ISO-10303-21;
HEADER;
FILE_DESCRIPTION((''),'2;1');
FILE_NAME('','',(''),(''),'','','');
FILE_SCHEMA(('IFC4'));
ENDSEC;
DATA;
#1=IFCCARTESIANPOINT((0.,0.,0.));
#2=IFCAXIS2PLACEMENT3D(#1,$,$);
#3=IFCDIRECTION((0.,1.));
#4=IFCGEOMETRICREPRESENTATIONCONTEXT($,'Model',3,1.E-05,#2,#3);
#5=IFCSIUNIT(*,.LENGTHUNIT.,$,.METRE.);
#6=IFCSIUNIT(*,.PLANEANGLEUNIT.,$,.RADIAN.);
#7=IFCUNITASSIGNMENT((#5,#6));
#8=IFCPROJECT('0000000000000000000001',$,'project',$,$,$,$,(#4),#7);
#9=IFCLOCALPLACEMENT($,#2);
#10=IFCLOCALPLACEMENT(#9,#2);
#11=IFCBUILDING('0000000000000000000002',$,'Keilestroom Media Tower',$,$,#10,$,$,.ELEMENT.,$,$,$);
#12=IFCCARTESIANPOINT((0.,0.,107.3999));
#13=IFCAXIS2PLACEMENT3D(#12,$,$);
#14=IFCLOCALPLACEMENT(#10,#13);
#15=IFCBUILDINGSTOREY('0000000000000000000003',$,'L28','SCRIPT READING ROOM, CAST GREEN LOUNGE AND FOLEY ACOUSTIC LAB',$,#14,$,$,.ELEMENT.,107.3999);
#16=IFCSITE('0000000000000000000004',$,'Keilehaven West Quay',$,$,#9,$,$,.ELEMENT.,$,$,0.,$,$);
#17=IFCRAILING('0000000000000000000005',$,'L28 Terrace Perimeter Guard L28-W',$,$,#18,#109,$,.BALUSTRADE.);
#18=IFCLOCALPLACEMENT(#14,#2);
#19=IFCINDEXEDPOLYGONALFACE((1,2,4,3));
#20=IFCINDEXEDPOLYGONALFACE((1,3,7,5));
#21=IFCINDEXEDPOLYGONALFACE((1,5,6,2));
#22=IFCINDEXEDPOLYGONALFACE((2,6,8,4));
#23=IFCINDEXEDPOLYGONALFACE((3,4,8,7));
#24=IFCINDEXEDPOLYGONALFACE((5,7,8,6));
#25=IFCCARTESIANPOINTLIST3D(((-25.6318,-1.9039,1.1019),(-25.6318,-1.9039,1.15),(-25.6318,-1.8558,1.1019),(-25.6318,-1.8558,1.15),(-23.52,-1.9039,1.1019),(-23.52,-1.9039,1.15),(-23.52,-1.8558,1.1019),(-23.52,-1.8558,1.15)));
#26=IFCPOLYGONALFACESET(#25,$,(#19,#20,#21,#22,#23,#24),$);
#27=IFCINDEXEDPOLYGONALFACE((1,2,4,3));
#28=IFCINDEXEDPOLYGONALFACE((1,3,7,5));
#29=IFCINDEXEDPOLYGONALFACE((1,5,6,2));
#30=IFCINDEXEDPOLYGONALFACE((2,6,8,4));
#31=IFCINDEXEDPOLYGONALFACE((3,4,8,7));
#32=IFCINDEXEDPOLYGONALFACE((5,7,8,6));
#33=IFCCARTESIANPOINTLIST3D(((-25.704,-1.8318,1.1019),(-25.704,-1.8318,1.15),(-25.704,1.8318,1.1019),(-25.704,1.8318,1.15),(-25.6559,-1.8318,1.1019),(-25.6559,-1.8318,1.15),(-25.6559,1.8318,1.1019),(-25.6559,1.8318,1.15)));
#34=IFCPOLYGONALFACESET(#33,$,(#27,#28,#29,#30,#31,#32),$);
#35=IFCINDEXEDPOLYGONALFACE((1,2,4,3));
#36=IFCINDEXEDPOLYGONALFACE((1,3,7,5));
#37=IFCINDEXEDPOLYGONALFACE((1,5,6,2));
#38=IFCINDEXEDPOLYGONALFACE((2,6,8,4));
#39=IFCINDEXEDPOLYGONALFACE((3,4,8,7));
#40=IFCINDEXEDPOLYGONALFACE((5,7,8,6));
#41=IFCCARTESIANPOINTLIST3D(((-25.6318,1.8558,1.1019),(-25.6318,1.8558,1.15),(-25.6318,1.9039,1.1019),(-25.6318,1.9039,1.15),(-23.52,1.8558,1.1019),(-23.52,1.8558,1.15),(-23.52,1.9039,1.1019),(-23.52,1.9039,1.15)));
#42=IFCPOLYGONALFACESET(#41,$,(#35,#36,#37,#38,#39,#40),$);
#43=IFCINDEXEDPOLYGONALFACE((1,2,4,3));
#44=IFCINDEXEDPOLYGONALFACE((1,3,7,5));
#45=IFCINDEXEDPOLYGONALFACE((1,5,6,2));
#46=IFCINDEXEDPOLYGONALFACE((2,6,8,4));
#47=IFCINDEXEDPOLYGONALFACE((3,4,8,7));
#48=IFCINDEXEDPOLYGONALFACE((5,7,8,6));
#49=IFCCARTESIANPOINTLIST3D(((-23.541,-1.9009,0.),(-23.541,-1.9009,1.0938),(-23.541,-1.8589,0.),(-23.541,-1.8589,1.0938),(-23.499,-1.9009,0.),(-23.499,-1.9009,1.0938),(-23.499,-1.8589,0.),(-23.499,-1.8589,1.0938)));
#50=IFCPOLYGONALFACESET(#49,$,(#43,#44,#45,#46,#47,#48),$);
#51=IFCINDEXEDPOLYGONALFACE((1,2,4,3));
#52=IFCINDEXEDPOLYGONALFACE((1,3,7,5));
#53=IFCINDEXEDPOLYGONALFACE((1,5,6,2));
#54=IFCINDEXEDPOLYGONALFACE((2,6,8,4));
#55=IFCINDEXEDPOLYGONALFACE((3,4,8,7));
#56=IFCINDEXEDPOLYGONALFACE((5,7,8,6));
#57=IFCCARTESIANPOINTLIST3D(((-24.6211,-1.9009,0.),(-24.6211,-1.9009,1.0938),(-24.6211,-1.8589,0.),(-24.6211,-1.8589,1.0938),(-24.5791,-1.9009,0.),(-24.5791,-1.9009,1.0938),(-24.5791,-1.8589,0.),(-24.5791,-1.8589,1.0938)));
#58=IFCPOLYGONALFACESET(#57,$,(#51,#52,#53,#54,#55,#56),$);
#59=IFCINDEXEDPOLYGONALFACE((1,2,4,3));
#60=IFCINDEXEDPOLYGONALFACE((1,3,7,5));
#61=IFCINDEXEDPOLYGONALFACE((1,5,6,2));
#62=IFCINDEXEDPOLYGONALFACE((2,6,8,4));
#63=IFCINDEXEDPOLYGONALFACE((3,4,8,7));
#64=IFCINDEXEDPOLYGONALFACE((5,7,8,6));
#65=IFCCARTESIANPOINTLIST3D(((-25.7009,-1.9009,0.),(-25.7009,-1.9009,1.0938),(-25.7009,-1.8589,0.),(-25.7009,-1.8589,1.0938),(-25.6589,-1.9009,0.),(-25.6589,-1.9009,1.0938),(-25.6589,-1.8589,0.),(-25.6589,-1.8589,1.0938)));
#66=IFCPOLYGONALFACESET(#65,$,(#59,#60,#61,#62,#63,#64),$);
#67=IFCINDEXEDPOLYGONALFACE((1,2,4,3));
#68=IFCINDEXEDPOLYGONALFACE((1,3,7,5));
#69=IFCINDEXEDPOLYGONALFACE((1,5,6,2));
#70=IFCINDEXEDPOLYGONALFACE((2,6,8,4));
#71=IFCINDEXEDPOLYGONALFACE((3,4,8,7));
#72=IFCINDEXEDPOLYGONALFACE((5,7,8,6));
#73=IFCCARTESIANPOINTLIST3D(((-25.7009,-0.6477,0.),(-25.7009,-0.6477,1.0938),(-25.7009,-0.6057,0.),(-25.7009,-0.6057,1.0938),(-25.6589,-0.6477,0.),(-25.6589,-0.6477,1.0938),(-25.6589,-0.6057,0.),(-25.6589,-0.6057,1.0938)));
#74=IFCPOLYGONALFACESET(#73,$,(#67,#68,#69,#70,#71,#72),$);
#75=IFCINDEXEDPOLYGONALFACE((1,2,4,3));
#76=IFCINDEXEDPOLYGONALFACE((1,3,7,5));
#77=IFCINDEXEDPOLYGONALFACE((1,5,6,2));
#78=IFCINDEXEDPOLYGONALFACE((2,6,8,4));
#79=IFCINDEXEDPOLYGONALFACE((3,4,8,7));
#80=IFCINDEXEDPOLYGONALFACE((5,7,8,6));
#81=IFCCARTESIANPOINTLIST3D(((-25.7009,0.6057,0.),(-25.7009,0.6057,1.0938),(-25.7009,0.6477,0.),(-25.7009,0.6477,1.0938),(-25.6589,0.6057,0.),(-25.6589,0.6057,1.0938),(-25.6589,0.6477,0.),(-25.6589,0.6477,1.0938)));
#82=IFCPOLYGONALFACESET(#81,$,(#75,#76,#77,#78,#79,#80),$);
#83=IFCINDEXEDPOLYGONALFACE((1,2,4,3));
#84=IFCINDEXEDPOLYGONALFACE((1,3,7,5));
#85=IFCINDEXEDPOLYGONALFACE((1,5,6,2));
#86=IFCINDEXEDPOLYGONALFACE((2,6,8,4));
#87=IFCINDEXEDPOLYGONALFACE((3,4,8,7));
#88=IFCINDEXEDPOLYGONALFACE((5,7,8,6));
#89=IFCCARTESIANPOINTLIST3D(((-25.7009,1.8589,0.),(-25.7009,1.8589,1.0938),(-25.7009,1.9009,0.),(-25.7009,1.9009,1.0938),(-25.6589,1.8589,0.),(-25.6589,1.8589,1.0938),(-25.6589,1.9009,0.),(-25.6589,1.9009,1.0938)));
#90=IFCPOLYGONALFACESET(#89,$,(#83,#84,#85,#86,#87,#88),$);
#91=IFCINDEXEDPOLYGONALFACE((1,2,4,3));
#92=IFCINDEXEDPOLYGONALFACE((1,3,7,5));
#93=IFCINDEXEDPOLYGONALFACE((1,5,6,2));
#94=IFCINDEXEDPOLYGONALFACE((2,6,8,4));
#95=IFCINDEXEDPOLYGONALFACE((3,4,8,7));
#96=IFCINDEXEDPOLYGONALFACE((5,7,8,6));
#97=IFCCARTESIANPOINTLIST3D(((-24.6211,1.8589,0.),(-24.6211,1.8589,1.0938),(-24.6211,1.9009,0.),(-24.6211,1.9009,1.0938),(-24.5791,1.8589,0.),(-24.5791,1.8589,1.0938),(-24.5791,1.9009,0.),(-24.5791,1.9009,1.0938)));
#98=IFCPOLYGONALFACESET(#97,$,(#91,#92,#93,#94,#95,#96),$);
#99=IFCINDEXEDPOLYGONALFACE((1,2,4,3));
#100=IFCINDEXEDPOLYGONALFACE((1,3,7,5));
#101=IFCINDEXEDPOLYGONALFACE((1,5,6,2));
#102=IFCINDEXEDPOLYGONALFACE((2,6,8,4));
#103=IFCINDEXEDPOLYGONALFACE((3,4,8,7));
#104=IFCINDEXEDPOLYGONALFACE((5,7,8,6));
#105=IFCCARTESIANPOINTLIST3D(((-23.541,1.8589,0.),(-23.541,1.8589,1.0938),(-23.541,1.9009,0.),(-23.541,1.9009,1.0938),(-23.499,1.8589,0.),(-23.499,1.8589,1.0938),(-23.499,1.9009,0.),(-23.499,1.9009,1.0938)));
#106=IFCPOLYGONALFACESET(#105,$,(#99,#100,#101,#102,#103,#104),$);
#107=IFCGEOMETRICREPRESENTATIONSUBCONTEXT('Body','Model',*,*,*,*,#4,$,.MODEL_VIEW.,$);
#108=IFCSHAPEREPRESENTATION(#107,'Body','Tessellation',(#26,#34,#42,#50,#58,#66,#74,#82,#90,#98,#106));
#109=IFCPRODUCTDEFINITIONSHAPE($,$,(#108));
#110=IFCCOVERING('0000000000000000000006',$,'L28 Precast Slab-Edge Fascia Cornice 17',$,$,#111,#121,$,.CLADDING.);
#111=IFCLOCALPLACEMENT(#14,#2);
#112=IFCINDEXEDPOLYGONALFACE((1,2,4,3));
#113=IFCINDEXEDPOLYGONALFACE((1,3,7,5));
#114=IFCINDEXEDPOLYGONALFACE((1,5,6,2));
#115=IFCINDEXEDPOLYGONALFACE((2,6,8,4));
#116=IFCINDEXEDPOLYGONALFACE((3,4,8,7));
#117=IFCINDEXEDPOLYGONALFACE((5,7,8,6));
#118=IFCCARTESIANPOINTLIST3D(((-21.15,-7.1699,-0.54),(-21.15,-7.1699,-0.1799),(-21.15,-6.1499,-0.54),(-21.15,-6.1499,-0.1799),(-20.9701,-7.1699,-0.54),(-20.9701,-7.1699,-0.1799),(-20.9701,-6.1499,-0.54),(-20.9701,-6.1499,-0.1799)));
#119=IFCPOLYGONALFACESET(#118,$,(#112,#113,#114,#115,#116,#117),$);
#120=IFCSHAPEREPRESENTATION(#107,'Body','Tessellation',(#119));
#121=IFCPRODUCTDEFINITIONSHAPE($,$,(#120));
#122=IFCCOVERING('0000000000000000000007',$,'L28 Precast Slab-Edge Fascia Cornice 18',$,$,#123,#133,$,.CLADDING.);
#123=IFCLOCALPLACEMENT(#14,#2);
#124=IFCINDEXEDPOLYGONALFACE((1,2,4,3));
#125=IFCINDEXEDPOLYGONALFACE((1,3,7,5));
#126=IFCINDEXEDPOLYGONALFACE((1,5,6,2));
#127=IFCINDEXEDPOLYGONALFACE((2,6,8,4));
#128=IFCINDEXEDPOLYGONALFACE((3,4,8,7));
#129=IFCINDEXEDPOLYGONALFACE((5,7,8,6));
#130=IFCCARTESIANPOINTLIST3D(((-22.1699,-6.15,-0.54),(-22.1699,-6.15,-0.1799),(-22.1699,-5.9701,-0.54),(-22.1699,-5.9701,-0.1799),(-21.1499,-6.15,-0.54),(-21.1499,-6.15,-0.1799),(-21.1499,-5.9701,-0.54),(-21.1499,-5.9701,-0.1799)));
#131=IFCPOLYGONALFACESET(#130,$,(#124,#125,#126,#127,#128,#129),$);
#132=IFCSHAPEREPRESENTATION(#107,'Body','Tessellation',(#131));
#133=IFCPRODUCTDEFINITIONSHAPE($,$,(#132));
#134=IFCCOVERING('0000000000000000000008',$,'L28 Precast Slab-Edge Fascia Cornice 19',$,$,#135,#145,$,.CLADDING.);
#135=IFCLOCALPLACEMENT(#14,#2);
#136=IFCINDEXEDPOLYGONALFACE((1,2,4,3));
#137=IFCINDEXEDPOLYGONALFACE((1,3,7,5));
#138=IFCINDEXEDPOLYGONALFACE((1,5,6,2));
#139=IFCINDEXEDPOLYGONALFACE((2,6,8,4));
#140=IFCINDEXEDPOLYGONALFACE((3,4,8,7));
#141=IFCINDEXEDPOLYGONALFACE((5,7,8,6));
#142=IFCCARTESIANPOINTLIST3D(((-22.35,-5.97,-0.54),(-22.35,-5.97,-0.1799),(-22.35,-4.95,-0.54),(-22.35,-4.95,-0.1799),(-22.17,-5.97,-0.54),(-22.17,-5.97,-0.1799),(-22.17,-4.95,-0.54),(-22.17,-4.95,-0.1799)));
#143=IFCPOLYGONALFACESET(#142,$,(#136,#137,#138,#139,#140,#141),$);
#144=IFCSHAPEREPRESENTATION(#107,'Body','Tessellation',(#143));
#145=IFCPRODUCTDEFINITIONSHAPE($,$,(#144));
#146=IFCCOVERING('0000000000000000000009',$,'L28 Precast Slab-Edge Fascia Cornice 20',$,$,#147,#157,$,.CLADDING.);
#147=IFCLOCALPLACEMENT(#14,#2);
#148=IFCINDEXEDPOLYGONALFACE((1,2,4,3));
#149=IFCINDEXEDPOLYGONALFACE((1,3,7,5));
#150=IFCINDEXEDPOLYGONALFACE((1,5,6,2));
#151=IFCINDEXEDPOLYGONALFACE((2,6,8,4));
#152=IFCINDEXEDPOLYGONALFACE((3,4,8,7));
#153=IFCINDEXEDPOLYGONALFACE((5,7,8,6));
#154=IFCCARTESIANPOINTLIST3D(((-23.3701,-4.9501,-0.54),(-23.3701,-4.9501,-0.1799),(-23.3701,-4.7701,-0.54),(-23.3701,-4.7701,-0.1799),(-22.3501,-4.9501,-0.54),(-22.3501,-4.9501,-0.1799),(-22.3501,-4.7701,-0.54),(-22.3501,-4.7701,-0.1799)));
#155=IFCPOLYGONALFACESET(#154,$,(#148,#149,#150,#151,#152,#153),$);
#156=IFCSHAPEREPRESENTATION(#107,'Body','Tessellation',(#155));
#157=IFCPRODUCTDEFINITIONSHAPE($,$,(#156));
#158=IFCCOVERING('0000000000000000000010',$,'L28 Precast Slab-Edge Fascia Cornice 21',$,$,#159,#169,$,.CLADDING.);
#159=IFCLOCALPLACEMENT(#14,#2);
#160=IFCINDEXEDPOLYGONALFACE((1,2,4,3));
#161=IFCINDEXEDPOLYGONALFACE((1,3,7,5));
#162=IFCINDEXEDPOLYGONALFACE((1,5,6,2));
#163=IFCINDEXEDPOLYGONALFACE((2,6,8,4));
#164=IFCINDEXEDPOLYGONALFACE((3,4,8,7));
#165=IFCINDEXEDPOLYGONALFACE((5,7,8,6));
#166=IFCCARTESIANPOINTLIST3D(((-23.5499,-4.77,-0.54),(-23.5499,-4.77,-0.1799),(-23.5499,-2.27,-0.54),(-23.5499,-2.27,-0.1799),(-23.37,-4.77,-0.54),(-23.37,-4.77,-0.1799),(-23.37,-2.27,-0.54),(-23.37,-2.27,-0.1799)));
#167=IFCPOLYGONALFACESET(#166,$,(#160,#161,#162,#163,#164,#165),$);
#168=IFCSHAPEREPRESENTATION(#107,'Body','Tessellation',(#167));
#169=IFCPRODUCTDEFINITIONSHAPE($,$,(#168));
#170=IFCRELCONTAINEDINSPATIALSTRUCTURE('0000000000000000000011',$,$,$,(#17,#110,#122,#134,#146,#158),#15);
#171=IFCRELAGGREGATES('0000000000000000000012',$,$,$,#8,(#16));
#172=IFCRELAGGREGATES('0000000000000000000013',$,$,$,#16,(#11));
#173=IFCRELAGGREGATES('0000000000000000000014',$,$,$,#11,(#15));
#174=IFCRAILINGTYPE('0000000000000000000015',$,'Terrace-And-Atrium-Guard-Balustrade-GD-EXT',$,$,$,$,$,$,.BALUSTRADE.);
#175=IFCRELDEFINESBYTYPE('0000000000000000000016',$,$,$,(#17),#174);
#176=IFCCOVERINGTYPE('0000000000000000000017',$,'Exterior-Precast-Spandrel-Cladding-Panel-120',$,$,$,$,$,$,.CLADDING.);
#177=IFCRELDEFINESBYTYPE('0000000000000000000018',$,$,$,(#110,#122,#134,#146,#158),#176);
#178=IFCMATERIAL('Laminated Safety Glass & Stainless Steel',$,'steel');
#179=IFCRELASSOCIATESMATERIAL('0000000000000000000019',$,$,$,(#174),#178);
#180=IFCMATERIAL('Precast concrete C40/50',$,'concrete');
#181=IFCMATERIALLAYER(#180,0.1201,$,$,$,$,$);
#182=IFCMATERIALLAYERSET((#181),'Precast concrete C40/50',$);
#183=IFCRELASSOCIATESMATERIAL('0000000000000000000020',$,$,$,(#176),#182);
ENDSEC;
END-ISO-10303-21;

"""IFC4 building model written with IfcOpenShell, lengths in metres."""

from ifc_helpers import new_model, si_unit, direction, frame, origin, origin_2d, place, context, subcontext, project, spatial, rectangle, extrude, source, transform, mapped, material, layer, layer_set, type_object, element, save


model = new_model("IFC4")

# Units and contexts
model_context = context("Model", 3, precision=1e-05, world=origin(), true_north=direction((0.0, 1.0)))
body_context = subcontext(model_context, "Body", "Model", "MODEL_VIEW")
ifc_project = project(units=[si_unit("LENGTHUNIT", "METRE"), si_unit("PLANEANGLEUNIT", "RADIAN")], contexts=[model_context])

# Site, building, storey
site_placement = place(None, origin())
site = spatial("IfcSite", under=ifc_project, at=site_placement, Name="Keilehaven West Quay", CompositionType="ELEMENT", RefElevation=0.0)
building_placement = place(site_placement, origin())
building = spatial("IfcBuilding", under=site, at=building_placement, Name="Keilestroom Media Tower", CompositionType="ELEMENT")
storey_placement = place(building_placement, frame((0.0, 0.0, 107.3999)))
storey = spatial("IfcBuildingStorey", under=building, at=storey_placement, Name="L28", Description="SCRIPT READING ROOM, CAST GREEN LOUNGE AND FOLEY ACOUSTIC LAB", CompositionType="ELEMENT", Elevation=107.3999)

# Shared definitions
ifc_material_1 = material(Name="Precast concrete C40/50", Category="concrete")

# Railing
ifc_material_2 = material(Name="Laminated Safety Glass & Stainless Steel", Category="steel")
railing_type = type_object("IfcRailingType", Name="Terrace-And-Atrium-Guard-Balustrade-GD-EXT", PredefinedType="BALUSTRADE", material=ifc_material_2)
railing_placement = place(storey_placement, frame((-23.52, -1.8799, 0.0)))
element("IfcRailing", 1, at=railing_placement, inside=storey, type_object=railing_type, Name="L28 Terrace Perimeter Guard L28-W", PredefinedType="BALUSTRADE", context=body_context, shape_type="SweptSolid", body=[
    extrude(rectangle(XDim=0.0481, YDim=0.0481, at=origin_2d()), frame((0.0, 0.0, 1.126), z_axis=(-1.0, 0.0, 0.0), x_axis=(0.0, -1.0, 0.0)), (0.0, 0.0, 1.0), 2.1118),
    extrude(rectangle(XDim=0.0481, YDim=0.0481, at=origin_2d()), frame((-2.1599, 0.0481, 1.126), z_axis=(0.0, 1.0, 0.0), x_axis=(-1.0, 0.0, 0.0)), (0.0, 0.0, 1.0), 3.6636),
    extrude(rectangle(XDim=0.0481, YDim=0.0481, at=origin_2d()), frame((-2.1118, 3.7598, 1.126), z_axis=(1.0, 0.0, 0.0), x_axis=(0.0, 1.0, 0.0)), (0.0, 0.0, 1.0), 2.1118),
    extrude(rectangle(XDim=0.042, YDim=0.042, at=origin_2d()), origin(), (0.0, 0.0, 1.0), 1.0938),
    extrude(rectangle(XDim=0.042, YDim=0.042, at=origin_2d()), frame((-1.0801, 0.0, 0.0)), (0.0, 0.0, 1.0), 1.0938),
    extrude(rectangle(XDim=0.042, YDim=0.042, at=origin_2d()), frame((-2.1599, 0.0, 0.0)), (0.0, 0.0, 1.0), 1.0938),
    extrude(rectangle(XDim=0.042, YDim=0.042, at=origin_2d()), frame((-2.1599, 1.2532, 0.0)), (0.0, 0.0, 1.0), 1.0938),
    extrude(rectangle(XDim=0.042, YDim=0.042, at=origin_2d()), frame((-2.1599, 2.5066, 0.0)), (0.0, 0.0, 1.0), 1.0938),
    extrude(rectangle(XDim=0.042, YDim=0.042, at=origin_2d()), frame((-2.1599, 3.7598, 0.0)), (0.0, 0.0, 1.0), 1.0938),
    extrude(rectangle(XDim=0.042, YDim=0.042, at=origin_2d()), frame((-1.0801, 3.7598, 0.0)), (0.0, 0.0, 1.0), 1.0938),
    extrude(rectangle(XDim=0.042, YDim=0.042, at=origin_2d()), frame((0.0, 3.7598, 0.0)), (0.0, 0.0, 1.0), 1.0938),
])

# Coverings
ifc_layer_1 = layer(ifc_material_1, 0.1201)
ifc_layer_set_1 = layer_set([ifc_layer_1], Name="Precast concrete C40/50")
covering_type = type_object("IfcCoveringType", Name="Exterior-Precast-Spandrel-Cladding-Panel-120", PredefinedType="CLADDING", material=ifc_layer_set_1)
shared_shape_1 = source(origin(), body_context, "Body", "SweptSolid", [
    extrude(rectangle(XDim=1.02, YDim=0.1799, at=origin_2d()), origin(), (0.0, 0.0, 1.0), 0.3601),
])
for number, where, z_axis, x_axis, name in (
    (2, (-21.0601, -6.6599, -0.54), (0.0, 0.0, 1.0), (0.0, 1.0, 0.0), "L28 Precast Slab-Edge Fascia Cornice 17"),
    (3, (-21.6599, -6.0601, -0.54), (0.0, 0.0, 1.0), (-1.0, 0.0, 0.0), "L28 Precast Slab-Edge Fascia Cornice 18"),
    (4, (-22.26, -5.46, -0.54), (0.0, 0.0, 1.0), (0.0, 1.0, 0.0), "L28 Precast Slab-Edge Fascia Cornice 19"),
    (5, (-22.8601, -4.8601, -0.54), (0.0, 0.0, 1.0), (-1.0, 0.0, 0.0), "L28 Precast Slab-Edge Fascia Cornice 20"),
):
    element("IfcCovering", number, at=place(storey_placement, frame(where, z_axis=z_axis, x_axis=x_axis)), inside=storey, type_object=covering_type, Name=name, PredefinedType="CLADDING", context=body_context, shape_type="MappedRepresentation", body=[
        mapped(shared_shape_1, transform((0.0, 0.0, 0.0), x_axis=(1.0, 0.0, 0.0), y_axis=(0.0, 1.0, 0.0), z_axis=(0.0, 0.0, 1.0), scale=1.0)),
    ])
shared_shape_2 = source(origin(), body_context, "Body", "SweptSolid", [
    extrude(rectangle(XDim=2.5, YDim=0.1799, at=origin_2d()), origin(), (0.0, 0.0, 1.0), 0.3601),
])
covering_placement = place(storey_placement, frame((-23.46, -3.52, -0.54), z_axis=(0.0, 0.0, 1.0), x_axis=(0.0, 1.0, 0.0)))
element("IfcCovering", 6, at=covering_placement, inside=storey, type_object=covering_type, Name="L28 Precast Slab-Edge Fascia Cornice 21", PredefinedType="CLADDING", context=body_context, shape_type="MappedRepresentation", body=[
    mapped(shared_shape_2, transform((0.0, 0.0, 0.0), x_axis=(1.0, 0.0, 0.0), y_axis=(0.0, 1.0, 0.0), z_axis=(0.0, 0.0, 1.0), scale=1.0)),
])

save(model, "model.ifc")
